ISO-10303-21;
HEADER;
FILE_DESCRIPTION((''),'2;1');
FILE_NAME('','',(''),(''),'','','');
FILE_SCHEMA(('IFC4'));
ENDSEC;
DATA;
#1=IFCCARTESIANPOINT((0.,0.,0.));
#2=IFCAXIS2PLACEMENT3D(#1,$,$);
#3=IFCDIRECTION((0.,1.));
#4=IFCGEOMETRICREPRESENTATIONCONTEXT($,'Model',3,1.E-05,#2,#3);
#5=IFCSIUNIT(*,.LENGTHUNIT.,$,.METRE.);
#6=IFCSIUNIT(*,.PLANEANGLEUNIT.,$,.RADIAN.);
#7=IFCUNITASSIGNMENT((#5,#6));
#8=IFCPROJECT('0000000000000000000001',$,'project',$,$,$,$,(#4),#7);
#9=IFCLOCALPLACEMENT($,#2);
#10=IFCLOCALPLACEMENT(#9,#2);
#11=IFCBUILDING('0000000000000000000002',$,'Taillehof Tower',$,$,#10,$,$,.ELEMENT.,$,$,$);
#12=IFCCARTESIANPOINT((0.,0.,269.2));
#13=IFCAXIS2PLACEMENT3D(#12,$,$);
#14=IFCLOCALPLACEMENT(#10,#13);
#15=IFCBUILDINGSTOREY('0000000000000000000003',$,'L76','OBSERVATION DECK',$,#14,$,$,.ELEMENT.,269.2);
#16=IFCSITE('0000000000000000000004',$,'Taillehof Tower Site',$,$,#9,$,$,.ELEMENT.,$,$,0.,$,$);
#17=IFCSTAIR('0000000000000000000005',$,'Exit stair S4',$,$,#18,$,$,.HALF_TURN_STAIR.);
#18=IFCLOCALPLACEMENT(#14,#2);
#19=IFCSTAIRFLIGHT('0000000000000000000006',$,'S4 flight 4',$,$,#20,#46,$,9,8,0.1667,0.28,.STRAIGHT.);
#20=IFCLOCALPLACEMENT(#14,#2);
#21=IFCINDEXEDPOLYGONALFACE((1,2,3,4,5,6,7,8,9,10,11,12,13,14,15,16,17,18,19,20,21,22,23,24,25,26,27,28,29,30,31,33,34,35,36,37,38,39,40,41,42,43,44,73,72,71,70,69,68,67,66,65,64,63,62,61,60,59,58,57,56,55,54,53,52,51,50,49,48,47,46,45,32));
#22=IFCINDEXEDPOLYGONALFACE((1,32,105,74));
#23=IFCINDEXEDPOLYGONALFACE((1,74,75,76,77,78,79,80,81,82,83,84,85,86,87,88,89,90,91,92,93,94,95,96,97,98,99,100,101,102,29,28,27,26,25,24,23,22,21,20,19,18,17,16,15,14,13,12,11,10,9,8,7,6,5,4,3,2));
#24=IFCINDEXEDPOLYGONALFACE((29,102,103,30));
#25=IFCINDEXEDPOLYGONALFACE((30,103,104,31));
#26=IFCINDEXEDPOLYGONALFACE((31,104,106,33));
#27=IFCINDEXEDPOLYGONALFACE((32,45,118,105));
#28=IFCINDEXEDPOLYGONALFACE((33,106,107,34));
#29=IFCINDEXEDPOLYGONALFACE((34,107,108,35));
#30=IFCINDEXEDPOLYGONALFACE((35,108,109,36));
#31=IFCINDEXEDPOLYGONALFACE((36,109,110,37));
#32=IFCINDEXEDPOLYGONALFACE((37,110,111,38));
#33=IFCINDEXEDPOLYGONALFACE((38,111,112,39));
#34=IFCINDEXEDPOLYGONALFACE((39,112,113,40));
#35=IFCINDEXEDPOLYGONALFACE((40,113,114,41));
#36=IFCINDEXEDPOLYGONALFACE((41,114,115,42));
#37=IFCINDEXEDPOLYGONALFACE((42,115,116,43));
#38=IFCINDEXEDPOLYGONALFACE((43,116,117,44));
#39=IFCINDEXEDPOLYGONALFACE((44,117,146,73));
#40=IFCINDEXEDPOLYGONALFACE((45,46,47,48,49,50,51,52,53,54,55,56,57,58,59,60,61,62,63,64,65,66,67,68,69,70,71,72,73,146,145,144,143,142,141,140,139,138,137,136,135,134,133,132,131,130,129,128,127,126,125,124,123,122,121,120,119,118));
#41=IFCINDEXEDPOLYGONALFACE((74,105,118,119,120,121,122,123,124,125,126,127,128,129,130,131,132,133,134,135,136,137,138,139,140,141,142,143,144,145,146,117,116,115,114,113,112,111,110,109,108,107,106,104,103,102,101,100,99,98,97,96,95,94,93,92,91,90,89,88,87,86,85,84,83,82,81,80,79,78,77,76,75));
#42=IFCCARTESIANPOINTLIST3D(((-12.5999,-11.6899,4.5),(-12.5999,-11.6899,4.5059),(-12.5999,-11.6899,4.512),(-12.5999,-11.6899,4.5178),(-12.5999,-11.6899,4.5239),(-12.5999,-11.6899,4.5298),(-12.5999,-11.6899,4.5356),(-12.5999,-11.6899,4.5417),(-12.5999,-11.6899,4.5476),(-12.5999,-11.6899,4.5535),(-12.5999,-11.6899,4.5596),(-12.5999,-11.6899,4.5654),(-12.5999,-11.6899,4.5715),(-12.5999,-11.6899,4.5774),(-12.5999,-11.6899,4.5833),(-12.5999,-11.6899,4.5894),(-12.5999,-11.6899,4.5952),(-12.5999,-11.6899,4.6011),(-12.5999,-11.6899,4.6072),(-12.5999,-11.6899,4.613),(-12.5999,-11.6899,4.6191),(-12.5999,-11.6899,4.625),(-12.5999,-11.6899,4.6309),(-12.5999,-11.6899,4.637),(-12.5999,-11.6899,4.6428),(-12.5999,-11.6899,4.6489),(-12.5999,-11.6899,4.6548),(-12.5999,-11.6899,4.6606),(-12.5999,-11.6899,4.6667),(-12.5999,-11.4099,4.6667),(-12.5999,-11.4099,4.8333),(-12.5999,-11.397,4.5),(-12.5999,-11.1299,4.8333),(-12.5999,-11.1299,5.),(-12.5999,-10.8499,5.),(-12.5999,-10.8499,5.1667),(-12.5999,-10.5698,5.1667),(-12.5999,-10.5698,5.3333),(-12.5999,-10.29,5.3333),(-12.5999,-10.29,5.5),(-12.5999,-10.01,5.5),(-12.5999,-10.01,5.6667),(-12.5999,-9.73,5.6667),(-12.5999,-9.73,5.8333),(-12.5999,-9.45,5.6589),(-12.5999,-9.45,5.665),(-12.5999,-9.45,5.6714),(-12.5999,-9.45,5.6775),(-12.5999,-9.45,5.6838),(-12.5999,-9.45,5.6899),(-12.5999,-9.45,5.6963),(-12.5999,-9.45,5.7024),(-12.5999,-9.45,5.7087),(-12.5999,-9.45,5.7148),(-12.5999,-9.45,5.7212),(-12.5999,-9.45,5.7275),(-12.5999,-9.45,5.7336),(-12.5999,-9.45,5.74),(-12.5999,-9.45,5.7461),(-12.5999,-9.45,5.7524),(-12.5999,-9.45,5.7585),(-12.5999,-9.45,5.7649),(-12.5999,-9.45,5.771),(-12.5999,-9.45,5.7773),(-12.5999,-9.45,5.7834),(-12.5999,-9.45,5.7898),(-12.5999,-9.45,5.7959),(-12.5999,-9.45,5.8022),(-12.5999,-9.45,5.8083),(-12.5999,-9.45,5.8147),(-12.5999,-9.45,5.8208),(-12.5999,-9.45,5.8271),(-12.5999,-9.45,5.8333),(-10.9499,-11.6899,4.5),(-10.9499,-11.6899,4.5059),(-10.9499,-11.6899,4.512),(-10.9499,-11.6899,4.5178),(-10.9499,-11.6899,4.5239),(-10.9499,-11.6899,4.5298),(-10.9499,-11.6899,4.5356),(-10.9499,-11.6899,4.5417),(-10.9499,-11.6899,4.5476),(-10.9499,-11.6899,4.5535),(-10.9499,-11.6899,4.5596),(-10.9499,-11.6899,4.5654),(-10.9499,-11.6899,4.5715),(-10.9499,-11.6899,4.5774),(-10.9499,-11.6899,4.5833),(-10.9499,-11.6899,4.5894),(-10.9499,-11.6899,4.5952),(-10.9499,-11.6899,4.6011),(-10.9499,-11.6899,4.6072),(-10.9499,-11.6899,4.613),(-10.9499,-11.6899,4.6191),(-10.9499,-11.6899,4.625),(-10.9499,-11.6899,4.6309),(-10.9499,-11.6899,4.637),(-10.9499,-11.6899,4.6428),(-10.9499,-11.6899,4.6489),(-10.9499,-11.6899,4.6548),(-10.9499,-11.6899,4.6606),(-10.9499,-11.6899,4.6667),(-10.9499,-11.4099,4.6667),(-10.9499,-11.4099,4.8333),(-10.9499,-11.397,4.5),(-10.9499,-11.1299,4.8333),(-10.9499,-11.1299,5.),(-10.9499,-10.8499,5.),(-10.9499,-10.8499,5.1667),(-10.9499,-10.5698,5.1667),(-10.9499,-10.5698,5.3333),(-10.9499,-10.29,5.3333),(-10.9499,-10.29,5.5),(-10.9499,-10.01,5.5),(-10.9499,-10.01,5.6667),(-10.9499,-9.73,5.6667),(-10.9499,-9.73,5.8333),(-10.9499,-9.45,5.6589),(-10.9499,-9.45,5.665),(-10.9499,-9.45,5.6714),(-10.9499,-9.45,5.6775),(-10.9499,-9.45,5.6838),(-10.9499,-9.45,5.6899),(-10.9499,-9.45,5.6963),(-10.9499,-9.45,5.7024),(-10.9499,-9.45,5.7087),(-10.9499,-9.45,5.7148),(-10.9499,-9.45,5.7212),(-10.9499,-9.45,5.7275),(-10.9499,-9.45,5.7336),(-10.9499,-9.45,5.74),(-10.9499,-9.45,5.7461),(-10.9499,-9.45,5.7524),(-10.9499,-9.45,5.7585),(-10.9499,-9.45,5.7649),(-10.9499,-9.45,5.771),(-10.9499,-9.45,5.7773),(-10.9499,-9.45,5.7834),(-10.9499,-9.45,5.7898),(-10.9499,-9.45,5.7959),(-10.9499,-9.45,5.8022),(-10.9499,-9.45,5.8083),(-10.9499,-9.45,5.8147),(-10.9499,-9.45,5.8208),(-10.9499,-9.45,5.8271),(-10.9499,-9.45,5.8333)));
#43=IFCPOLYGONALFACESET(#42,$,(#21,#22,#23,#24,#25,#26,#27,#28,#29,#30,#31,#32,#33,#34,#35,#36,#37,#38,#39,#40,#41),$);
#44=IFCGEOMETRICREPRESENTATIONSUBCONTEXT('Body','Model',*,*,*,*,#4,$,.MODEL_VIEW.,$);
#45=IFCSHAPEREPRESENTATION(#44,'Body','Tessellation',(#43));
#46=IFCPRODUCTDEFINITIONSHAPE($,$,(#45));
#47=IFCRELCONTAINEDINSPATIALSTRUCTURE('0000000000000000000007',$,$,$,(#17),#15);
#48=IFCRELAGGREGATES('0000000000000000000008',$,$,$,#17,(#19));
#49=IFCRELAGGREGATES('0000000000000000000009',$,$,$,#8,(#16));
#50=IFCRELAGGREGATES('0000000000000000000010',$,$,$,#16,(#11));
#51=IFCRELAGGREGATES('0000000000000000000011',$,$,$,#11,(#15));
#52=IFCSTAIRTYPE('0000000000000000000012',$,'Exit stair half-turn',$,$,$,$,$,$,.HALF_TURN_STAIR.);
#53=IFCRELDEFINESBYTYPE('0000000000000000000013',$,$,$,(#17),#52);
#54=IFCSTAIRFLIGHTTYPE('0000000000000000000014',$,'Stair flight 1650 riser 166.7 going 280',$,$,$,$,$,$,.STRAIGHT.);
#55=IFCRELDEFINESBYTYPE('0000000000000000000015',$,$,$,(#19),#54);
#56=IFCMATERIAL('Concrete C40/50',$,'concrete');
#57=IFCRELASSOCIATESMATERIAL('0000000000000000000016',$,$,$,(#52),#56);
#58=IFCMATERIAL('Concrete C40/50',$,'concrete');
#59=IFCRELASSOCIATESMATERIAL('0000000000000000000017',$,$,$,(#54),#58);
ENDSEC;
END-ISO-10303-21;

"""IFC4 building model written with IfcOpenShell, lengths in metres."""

from ifc_helpers import new_model, si_unit, direction, frame, origin, place, context, subcontext, project, spatial, polyline, outline, extrude, material, type_object, element, aggregate, save


model = new_model("IFC4")

# Units and contexts
model_context = context("Model", 3, precision=1e-05, world=origin(), true_north=direction((0.0, 1.0)))
body_context = subcontext(model_context, "Body", "Model", "MODEL_VIEW")
ifc_project = project(units=[si_unit("LENGTHUNIT", "METRE"), si_unit("PLANEANGLEUNIT", "RADIAN")], contexts=[model_context])

# Site, building, storey
site_placement = place(None, origin())
site = spatial("IfcSite", under=ifc_project, at=site_placement, Name="Taillehof Tower Site", CompositionType="ELEMENT", RefElevation=0.0)
building_placement = place(site_placement, origin())
building = spatial("IfcBuilding", under=site, at=building_placement, Name="Taillehof Tower", CompositionType="ELEMENT")
storey_placement = place(building_placement, frame((0.0, 0.0, 269.2)))
storey = spatial("IfcBuildingStorey", under=building, at=storey_placement, Name="L76", Description="OBSERVATION DECK", CompositionType="ELEMENT", Elevation=269.2)

# Stair, stair flight
ifc_material_1 = material(Name="Concrete C40/50", Category="concrete")
stair_type = type_object("IfcStairType", Name="Exit stair half-turn", PredefinedType="HALF_TURN_STAIR", material=ifc_material_1)
stair_placement = place(storey_placement, origin())
stair = element("IfcStair", 1, at=stair_placement, inside=storey, type_object=stair_type, Name="Exit stair S4", PredefinedType="HALF_TURN_STAIR")
ifc_material_2 = material(Name="Concrete C40/50", Category="concrete")
stair_flight_type = type_object("IfcStairFlightType", Name="Stair flight 1650 riser 166.7 going 280", PredefinedType="STRAIGHT", material=ifc_material_2)
stair_flight_1_placement = place(storey_placement, frame((-11.7749, -11.6899, 4.5), z_axis=(0.0, 0.0, 1.0), x_axis=(0.0, 1.0, 0.0)))
stair_flight_1 = element("IfcStairFlight", 2, at=stair_flight_1_placement, type_object=stair_flight_type, Name="S4 flight 4", NumberOfRisers=9, NumberOfTreads=8, PredefinedType="STRAIGHT", RiserHeight=0.1667, TreadLength=0.28, context=body_context, shape_type="SweptSolid", body=[
    extrude(outline(polyline([(0.0, 0.0), (0.0, 0.0059), (0.0, 0.012), (0.0, 0.0178), (0.0, 0.0239), (0.0, 0.0298), (0.0, 0.0356), (0.0, 0.0417), (0.0, 0.0476), (0.0, 0.0535), (0.0, 0.0596), (0.0, 0.0654), (0.0, 0.0715), (0.0, 0.0774), (0.0, 0.0833), (0.0, 0.0894), (0.0, 0.0952), (0.0, 0.1011), (0.0, 0.1072), (0.0, 0.113), (0.0, 0.1191), (0.0, 0.125), (0.0, 0.1309), (0.0, 0.137), (0.0, 0.1428), (0.0, 0.1489), (0.0, 0.1548), (0.0, 0.1606), (0.0, 0.1667), (0.28, 0.1667), (0.28, 0.3333), (0.5601, 0.3333), (0.5601, 0.5), (0.8401, 0.5), (0.8401, 0.6667), (1.1201, 0.6667), (1.1201, 0.8333), (1.3999, 0.8333), (1.3999, 1.0), (1.6799, 1.0), (1.6799, 1.1667), (1.96, 1.1667), (1.96, 1.3333), (2.24, 1.3333), (2.24, 1.3271), (2.24, 1.3208), (2.24, 1.3147), (2.24, 1.3083), (2.24, 1.3022), (2.24, 1.2959), (2.24, 1.2898), (2.24, 1.2834), (2.24, 1.2773), (2.24, 1.271), (2.24, 1.2649), (2.24, 1.2585), (2.24, 1.2524), (2.24, 1.2461), (2.24, 1.24), (2.24, 1.2336), (2.24, 1.2275), (2.24, 1.2212), (2.24, 1.2148), (2.24, 1.2087), (2.24, 1.2024), (2.24, 1.1963), (2.24, 1.1899), (2.24, 1.1838), (2.24, 1.1775), (2.24, 1.1714), (2.24, 1.165), (2.24, 1.1589), (0.293, 0.0), (0.0, 0.0)])), frame((0.0, 0.825, 0.0), z_axis=(0.0, -1.0, 0.0), x_axis=(1.0, 0.0, 0.0)), (0.0, 0.0, 1.0), 1.65),
])
aggregate(stair, [stair_flight_1])

save(model, "model.ifc")
